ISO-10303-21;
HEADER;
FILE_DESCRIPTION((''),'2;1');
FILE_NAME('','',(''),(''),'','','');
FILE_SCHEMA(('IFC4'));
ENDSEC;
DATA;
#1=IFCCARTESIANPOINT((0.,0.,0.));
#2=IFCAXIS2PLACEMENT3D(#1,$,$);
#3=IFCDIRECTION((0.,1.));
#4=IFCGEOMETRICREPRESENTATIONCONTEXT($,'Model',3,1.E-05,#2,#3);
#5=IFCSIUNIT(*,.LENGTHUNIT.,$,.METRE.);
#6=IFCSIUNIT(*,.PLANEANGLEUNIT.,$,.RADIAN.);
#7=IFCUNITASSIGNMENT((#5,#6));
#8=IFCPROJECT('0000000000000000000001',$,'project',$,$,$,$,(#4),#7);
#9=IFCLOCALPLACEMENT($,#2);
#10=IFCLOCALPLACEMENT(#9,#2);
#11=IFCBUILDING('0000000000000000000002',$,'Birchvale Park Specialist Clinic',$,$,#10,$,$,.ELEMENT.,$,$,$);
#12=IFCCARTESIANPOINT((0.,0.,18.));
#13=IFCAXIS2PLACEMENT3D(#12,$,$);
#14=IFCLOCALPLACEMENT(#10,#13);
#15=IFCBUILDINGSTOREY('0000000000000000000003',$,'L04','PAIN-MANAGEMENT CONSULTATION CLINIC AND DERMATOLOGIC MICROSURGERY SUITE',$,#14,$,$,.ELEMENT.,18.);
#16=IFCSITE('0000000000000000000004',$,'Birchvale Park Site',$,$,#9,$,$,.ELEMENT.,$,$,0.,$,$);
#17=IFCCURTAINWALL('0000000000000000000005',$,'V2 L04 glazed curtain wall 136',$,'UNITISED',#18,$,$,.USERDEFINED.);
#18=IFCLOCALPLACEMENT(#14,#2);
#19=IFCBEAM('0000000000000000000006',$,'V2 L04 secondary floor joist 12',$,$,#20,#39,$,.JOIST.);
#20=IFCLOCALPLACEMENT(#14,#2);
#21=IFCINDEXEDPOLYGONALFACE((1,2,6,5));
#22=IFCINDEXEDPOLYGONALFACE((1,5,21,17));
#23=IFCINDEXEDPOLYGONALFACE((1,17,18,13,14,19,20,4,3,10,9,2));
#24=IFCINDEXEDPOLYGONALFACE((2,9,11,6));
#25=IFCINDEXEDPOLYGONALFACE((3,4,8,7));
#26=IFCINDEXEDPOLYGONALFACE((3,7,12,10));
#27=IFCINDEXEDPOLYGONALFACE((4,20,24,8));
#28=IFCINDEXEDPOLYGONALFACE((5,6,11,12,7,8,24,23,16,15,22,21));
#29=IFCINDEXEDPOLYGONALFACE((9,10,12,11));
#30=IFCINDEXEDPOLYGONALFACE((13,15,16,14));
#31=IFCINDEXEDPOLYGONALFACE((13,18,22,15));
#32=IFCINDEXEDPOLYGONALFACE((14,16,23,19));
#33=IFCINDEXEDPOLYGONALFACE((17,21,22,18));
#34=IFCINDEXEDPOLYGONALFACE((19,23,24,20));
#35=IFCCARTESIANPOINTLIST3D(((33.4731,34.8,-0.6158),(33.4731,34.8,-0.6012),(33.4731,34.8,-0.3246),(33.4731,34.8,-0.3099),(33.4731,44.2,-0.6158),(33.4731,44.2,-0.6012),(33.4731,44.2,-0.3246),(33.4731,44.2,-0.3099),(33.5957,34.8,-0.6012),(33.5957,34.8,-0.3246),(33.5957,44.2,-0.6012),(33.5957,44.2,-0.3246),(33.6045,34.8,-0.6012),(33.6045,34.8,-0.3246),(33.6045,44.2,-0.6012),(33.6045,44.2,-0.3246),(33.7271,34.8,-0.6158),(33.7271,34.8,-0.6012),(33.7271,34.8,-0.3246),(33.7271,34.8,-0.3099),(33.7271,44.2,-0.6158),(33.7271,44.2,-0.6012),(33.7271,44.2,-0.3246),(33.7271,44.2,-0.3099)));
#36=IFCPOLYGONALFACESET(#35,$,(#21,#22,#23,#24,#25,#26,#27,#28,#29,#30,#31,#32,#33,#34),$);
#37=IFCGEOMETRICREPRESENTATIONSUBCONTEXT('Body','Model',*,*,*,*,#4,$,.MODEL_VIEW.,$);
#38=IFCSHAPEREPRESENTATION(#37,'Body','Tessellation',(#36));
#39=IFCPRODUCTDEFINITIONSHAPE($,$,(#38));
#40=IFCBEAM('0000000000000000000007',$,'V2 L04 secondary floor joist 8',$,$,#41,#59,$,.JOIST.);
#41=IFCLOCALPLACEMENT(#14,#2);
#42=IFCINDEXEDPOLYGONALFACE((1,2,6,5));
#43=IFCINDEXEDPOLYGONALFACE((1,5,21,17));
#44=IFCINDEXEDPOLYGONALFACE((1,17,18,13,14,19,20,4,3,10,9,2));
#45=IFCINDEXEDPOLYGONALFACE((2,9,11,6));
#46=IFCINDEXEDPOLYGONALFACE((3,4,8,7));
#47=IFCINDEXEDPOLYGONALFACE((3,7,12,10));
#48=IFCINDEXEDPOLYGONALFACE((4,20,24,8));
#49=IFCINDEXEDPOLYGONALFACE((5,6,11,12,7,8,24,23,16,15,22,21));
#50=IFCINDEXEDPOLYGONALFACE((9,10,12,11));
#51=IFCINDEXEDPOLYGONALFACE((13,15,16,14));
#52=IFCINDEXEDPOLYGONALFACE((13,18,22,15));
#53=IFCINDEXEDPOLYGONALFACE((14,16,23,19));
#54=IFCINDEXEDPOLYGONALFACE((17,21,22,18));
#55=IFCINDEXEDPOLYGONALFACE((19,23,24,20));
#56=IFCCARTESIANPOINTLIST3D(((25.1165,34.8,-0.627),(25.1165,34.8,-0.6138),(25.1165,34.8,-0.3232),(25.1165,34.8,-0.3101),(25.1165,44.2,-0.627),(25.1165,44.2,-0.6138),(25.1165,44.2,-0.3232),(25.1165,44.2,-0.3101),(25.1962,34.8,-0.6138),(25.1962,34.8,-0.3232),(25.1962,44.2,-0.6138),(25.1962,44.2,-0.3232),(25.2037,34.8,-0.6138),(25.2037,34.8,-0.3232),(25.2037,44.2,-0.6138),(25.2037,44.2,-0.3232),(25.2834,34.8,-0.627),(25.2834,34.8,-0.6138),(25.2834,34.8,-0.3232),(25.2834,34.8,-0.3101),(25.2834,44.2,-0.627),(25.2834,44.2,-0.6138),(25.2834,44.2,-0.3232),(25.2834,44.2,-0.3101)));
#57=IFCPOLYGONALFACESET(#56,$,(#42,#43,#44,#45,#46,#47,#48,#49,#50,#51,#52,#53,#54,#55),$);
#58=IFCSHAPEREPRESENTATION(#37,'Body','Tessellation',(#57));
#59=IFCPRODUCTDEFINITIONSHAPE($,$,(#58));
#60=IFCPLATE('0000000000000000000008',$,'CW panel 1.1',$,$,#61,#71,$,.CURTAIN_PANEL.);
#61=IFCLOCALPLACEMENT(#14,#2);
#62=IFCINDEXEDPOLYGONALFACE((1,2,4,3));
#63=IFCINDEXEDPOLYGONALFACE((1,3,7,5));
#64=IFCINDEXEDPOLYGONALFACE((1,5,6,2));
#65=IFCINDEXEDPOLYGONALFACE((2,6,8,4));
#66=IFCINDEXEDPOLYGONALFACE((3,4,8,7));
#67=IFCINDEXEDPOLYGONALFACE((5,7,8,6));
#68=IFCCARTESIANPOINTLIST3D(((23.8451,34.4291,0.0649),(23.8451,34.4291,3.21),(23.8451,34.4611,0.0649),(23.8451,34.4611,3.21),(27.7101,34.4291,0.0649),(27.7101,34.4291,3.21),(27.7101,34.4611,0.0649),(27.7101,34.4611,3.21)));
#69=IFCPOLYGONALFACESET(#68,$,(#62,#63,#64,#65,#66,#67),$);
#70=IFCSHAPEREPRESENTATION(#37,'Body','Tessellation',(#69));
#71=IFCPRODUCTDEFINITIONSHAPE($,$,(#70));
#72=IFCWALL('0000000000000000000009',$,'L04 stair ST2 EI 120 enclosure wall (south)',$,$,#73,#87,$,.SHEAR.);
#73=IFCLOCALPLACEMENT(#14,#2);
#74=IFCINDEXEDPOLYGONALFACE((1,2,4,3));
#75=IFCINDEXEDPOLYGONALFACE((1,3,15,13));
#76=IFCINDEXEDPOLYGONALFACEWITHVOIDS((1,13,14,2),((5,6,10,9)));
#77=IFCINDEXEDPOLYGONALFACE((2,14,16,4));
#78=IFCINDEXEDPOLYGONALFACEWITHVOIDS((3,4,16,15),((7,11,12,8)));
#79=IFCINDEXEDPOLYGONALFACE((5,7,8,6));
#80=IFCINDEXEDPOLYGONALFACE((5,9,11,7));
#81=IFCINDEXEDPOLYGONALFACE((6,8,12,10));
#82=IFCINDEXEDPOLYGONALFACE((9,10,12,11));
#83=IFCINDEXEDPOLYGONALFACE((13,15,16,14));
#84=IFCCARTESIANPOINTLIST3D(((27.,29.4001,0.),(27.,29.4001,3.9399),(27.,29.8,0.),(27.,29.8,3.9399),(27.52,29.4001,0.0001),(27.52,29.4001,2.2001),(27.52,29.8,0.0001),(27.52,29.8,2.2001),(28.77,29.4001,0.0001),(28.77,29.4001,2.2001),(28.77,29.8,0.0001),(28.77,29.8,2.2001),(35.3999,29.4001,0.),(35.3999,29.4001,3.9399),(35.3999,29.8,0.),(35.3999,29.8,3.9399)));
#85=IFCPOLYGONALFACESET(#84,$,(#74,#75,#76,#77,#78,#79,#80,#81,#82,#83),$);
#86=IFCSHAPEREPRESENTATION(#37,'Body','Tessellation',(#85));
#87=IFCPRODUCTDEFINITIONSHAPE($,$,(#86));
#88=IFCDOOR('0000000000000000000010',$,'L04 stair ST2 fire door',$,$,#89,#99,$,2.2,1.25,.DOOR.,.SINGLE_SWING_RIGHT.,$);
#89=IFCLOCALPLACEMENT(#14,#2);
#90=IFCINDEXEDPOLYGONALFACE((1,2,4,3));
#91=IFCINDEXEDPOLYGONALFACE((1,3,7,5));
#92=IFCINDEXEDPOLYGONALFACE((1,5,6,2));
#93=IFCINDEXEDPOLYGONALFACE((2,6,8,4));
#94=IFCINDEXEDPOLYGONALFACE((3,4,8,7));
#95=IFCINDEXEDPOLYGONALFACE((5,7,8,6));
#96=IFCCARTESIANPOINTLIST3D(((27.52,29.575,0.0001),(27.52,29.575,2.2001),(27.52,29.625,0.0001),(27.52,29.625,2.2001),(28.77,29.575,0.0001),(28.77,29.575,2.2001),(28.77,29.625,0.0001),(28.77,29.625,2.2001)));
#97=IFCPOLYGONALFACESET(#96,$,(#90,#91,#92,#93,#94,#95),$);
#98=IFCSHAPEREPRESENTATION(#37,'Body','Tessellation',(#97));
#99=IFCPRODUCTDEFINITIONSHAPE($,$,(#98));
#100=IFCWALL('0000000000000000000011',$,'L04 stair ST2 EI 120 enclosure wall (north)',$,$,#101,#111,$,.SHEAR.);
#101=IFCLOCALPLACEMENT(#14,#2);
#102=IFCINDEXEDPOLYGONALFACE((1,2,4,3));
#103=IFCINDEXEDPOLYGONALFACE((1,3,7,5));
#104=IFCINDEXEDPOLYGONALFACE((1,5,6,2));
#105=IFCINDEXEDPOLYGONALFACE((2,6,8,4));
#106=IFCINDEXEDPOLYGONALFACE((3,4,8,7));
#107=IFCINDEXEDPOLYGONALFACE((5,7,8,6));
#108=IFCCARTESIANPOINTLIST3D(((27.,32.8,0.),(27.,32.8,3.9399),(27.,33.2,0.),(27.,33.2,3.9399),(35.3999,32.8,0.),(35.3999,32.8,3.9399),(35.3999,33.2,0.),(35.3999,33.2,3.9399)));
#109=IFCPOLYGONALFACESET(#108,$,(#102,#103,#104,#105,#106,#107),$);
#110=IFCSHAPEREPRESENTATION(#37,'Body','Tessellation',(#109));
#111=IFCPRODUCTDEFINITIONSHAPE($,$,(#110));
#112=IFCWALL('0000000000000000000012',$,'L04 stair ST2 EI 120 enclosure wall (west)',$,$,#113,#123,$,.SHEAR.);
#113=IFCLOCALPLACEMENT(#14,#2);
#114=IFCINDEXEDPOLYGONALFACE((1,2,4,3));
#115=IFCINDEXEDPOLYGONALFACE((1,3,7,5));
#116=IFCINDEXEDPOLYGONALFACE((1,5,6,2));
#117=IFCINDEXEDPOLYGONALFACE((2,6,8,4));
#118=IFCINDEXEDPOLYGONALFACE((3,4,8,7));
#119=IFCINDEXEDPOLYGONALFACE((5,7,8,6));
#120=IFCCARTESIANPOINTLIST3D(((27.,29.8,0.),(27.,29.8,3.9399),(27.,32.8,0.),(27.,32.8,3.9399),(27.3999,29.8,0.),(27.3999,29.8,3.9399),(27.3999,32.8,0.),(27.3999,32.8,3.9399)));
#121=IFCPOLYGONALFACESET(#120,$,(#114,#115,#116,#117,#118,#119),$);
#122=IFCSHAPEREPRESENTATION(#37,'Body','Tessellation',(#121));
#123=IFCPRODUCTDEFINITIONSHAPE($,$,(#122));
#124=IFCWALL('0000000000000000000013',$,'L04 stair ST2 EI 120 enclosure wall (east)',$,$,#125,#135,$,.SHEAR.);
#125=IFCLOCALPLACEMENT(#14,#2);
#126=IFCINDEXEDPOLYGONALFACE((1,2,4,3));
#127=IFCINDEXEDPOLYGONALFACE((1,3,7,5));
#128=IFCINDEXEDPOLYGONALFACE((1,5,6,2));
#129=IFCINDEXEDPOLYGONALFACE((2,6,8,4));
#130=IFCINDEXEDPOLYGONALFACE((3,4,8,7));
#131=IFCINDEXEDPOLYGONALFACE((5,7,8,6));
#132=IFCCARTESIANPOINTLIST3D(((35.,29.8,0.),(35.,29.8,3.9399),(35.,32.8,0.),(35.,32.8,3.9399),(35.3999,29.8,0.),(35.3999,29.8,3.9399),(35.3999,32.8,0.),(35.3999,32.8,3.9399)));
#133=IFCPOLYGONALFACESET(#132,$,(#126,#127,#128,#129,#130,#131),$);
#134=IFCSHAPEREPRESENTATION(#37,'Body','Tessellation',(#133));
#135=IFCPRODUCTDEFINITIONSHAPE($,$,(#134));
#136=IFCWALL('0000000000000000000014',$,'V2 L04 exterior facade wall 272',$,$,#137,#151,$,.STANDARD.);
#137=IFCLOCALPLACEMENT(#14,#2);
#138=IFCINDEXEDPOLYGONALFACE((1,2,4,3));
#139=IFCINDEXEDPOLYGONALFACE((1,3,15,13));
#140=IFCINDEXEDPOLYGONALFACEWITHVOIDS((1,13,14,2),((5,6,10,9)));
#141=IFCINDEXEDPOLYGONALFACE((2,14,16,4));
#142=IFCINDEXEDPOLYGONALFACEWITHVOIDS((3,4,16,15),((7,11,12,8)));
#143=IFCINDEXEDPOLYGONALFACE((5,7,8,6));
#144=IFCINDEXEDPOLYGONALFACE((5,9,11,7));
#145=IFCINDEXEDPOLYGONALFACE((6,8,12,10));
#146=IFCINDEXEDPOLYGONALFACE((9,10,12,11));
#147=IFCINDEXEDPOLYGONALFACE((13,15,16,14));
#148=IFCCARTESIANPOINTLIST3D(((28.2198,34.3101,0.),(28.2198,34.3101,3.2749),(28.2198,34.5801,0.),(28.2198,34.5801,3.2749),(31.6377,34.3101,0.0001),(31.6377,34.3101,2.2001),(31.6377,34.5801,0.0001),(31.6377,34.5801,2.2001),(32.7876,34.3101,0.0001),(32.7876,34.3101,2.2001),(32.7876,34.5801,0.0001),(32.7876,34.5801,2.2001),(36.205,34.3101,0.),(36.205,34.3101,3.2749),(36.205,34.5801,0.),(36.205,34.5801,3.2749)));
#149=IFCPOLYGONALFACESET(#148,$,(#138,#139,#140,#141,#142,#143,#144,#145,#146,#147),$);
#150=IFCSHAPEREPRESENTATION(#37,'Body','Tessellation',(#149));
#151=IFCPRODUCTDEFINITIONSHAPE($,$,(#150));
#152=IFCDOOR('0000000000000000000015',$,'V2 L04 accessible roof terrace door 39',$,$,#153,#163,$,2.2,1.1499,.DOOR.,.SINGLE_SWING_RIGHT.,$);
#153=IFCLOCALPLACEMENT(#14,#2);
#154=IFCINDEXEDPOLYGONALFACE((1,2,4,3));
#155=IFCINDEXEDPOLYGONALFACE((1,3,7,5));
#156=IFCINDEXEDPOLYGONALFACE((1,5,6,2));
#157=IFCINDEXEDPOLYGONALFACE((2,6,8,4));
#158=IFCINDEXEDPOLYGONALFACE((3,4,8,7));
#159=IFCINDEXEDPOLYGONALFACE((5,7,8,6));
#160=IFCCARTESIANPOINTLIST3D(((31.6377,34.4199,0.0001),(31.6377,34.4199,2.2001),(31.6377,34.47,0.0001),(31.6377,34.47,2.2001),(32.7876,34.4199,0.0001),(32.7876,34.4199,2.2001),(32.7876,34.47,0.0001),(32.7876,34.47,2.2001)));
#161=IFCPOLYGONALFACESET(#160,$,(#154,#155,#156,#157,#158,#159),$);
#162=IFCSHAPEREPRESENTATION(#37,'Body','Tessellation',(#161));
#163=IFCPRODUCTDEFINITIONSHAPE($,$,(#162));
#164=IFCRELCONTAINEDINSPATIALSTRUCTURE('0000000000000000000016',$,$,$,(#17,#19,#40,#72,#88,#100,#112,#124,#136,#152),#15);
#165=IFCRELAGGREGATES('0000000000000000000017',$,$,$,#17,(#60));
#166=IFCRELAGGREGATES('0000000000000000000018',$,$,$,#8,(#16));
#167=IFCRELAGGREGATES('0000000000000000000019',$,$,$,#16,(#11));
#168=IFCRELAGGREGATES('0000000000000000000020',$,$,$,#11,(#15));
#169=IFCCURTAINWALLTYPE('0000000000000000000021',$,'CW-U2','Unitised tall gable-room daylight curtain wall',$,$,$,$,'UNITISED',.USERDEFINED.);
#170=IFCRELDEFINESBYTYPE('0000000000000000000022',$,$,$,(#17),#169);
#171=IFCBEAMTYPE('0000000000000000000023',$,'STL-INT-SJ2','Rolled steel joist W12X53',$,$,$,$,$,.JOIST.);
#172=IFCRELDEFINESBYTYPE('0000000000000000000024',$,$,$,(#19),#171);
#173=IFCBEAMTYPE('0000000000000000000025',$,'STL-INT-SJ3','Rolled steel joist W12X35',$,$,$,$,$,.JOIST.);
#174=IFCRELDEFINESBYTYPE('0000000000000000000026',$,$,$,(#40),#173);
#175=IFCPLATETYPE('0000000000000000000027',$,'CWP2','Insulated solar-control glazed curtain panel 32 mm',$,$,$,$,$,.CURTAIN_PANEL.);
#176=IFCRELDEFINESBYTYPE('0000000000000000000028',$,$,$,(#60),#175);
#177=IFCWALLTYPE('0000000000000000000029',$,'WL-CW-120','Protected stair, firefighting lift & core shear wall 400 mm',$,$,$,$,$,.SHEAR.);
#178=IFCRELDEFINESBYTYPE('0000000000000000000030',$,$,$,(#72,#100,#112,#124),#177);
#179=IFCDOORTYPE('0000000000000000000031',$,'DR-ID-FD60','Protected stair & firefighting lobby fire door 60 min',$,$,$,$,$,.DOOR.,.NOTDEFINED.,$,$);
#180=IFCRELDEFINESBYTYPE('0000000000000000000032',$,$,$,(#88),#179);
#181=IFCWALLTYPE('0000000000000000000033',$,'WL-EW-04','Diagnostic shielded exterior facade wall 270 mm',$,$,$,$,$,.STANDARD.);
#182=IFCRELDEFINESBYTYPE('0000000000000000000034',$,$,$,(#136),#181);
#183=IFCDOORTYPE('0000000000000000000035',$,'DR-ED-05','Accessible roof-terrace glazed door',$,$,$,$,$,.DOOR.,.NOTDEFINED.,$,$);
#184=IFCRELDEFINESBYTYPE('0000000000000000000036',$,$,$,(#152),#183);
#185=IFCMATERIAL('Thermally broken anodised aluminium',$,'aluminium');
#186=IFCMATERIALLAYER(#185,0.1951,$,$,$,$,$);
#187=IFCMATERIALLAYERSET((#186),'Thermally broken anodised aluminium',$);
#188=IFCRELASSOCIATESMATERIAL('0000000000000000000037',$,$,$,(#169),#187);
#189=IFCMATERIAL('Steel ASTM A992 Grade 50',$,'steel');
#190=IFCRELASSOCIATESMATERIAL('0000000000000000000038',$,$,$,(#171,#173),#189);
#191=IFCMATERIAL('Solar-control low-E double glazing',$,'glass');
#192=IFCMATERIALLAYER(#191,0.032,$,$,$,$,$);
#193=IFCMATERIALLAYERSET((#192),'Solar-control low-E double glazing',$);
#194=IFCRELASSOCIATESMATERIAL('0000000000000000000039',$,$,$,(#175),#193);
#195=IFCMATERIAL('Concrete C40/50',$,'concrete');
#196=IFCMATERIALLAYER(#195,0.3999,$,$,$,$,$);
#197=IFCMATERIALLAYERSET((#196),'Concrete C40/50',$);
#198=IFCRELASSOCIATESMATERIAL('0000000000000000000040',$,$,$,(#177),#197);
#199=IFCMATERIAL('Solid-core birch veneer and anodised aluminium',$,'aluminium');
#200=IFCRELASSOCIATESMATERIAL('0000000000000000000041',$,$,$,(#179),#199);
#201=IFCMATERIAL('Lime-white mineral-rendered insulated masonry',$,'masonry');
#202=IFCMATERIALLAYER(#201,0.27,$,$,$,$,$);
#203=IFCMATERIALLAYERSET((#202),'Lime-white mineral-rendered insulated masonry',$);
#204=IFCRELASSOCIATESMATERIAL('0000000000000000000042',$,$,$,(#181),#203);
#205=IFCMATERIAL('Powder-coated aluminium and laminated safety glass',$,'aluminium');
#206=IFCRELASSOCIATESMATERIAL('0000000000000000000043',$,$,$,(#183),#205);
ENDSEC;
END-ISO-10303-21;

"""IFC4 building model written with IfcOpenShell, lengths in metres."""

from ifc_helpers import new_model, si_unit, direction, frame, frame_2d, origin, origin_2d, place, context, subcontext, project, spatial, rectangle, i_section, extrude, material, layer, layer_set, material_profile, profile_set, type_object, element, fill, aggregate, save


model = new_model("IFC4")

# Units and contexts
model_context = context("Model", 3, precision=1e-05, world=origin(), true_north=direction((0.0, 1.0)))
body_context = subcontext(model_context, "Body", "Model", "MODEL_VIEW")
ifc_project = project(units=[si_unit("LENGTHUNIT", "METRE"), si_unit("PLANEANGLEUNIT", "RADIAN")], contexts=[model_context])

# Site, building, storey
site_placement = place(None, origin())
site = spatial("IfcSite", under=ifc_project, at=site_placement, Name="Birchvale Park Site", CompositionType="ELEMENT", RefElevation=0.0)
building_placement = place(site_placement, origin())
building = spatial("IfcBuilding", under=site, at=building_placement, Name="Birchvale Park Specialist Clinic", CompositionType="ELEMENT")
storey_placement = place(building_placement, frame((0.0, 0.0, 18.0)))
storey = spatial("IfcBuildingStorey", under=building, at=storey_placement, Name="L04", Description="PAIN-MANAGEMENT CONSULTATION CLINIC AND DERMATOLOGIC MICROSURGERY SUITE", CompositionType="ELEMENT", Elevation=18.0)

# Shared definitions
ifc_material_1 = material(Name="Concrete C40/50", Category="concrete")

# Curtain wall
ifc_material_2 = material(Name="Thermally broken anodised aluminium", Category="aluminium")
ifc_layer_1 = layer(ifc_material_2, 0.1951)
ifc_layer_set_1 = layer_set([ifc_layer_1], Name="Thermally broken anodised aluminium")
curtain_wall_type = type_object("IfcCurtainWallType", Name="CW-U2", Description="Unitised tall gable-room daylight curtain wall", ElementType="UNITISED", PredefinedType="USERDEFINED", material=ifc_layer_set_1)
curtain_wall_placement = place(storey_placement, origin())
curtain_wall = element("IfcCurtainWall", 1, at=curtain_wall_placement, inside=storey, type_object=curtain_wall_type, Name="V2 L04 glazed curtain wall 136", ObjectType="UNITISED", PredefinedType="USERDEFINED")

# Beams
ifc_material_3 = material(Name="Steel ASTM A992 Grade 50", Category="steel")
ifc_material_profile_1 = material_profile(ifc_material_3, i_section(OverallWidth=0.2539, OverallDepth=0.3059, WebThickness=0.0088, FlangeThickness=0.0146, at=origin_2d()), Name="W12X53")
ifc_profile_set_1 = profile_set([ifc_material_profile_1], Name="Steel ASTM A992 Grade 50")
beam_type_1 = type_object("IfcBeamType", Name="STL-INT-SJ2", Description="Rolled steel joist W12X53", PredefinedType="JOIST", material=ifc_profile_set_1)
for number, where, z_axis, x_axis, name in (
    (2, (33.6001, 34.8, -0.4629), (0.0, 1.0, 0.0), (-1.0, 0.0, 0.0), "V2 L04 secondary floor joist 12"),
):
    element("IfcBeam", number, at=place(storey_placement, frame(where, z_axis=z_axis, x_axis=x_axis)), inside=storey, type_object=beam_type_1, Name=name, PredefinedType="JOIST", context=body_context, shape_type="SweptSolid", body=[
        extrude(i_section(OverallWidth=0.2539, OverallDepth=0.3059, WebThickness=0.0088, FlangeThickness=0.0146, at=origin_2d()), origin(), (0.0, 0.0, 1.0), 9.3999),
    ])
ifc_material_profile_2 = material_profile(ifc_material_3, i_section(OverallWidth=0.167, OverallDepth=0.3169, WebThickness=0.0076, FlangeThickness=0.0132, at=origin_2d()), Name="W12X35")
ifc_profile_set_2 = profile_set([ifc_material_profile_2], Name="Steel ASTM A992 Grade 50")
beam_type_2 = type_object("IfcBeamType", Name="STL-INT-SJ3", Description="Rolled steel joist W12X35", PredefinedType="JOIST", material=ifc_profile_set_2)
beam_1_placement = place(storey_placement, frame((25.2, 34.8, -0.4685), z_axis=(0.0, 1.0, 0.0), x_axis=(-1.0, 0.0, 0.0)))
element("IfcBeam", 3, at=beam_1_placement, inside=storey, type_object=beam_type_2, Name="V2 L04 secondary floor joist 8", PredefinedType="JOIST", context=body_context, shape_type="SweptSolid", body=[
    extrude(i_section(OverallWidth=0.167, OverallDepth=0.3169, WebThickness=0.0076, FlangeThickness=0.0132, at=origin_2d()), origin(), (0.0, 0.0, 1.0), 9.3999),
])

# Plate
ifc_material_4 = material(Name="Solar-control low-E double glazing", Category="glass")
ifc_layer_2 = layer(ifc_material_4, 0.032)
ifc_layer_set_2 = layer_set([ifc_layer_2], Name="Solar-control low-E double glazing")
plate_type = type_object("IfcPlateType", Name="CWP2", Description="Insulated solar-control glazed curtain panel 32 mm", PredefinedType="CURTAIN_PANEL", material=ifc_layer_set_2)
plate_placement = place(storey_placement, frame((25.7776, 34.4451, 0.0649), z_axis=(0.0, 0.0, 1.0), x_axis=(-1.0, 0.0, 0.0)))
plate = element("IfcPlate", 4, at=plate_placement, type_object=plate_type, Name="CW panel 1.1", PredefinedType="CURTAIN_PANEL", context=body_context, shape_type="SweptSolid", body=[
    extrude(rectangle(XDim=3.865, YDim=0.032, at=origin_2d()), origin(), (0.0, 0.0, 1.0), 3.145),
])
aggregate(curtain_wall, [plate])

# Wall, opening, door
ifc_layer_3 = layer(ifc_material_1, 0.3999)
ifc_layer_set_3 = layer_set([ifc_layer_3], Name="Concrete C40/50")
wall_type_1 = type_object("IfcWallType", Name="WL-CW-120", Description="Protected stair, firefighting lift & core shear wall 400 mm", PredefinedType="SHEAR", material=ifc_layer_set_3)
wall_1_placement = place(storey_placement, frame((27.0, 29.6001, 0.0), z_axis=(0.0, 0.0, 1.0), x_axis=(1.0, 0.0, 0.0)))
wall_1 = element("IfcWall", 5, at=wall_1_placement, inside=storey, type_object=wall_type_1, Name="L04 stair ST2 EI 120 enclosure wall (south)", PredefinedType="SHEAR", context=body_context, shape_type="SweptSolid", body=[
    extrude(rectangle(XDim=8.3999, YDim=0.3999, at=frame_2d((4.2, 0.0))), origin(), (0.0, 0.0, 1.0), 3.9399),
])
opening_1_placement = place(wall_1_placement, frame((0.52, 0.0, 0.0)))
opening_1 = element("IfcOpeningElement", 6, at=opening_1_placement, cuts=wall_1, PredefinedType="OPENING", context=body_context, shape_type="SweptSolid", body=[
    extrude(rectangle(XDim=1.25, YDim=2.2, at=frame_2d((0.625, 1.1001))), frame((0.0, 0.21, 0.0), z_axis=(0.0, -1.0, 0.0), x_axis=(1.0, 0.0, 0.0)), (0.0, 0.0, 1.0), 0.4199),
])
ifc_material_5 = material(Name="Solid-core birch veneer and anodised aluminium", Category="aluminium")
door_type_1 = type_object("IfcDoorType", Name="DR-ID-FD60", Description="Protected stair & firefighting lobby fire door 60 min", OperationType="NOTDEFINED", PredefinedType="DOOR", material=ifc_material_5)
door_1_placement = place(opening_1_placement, origin())
door_1 = element("IfcDoor", 7, at=door_1_placement, inside=storey, type_object=door_type_1, Name="L04 stair ST2 fire door", OperationType="SINGLE_SWING_RIGHT", OverallHeight=2.2, OverallWidth=1.25, PredefinedType="DOOR", context=body_context, shape_type="SweptSolid", body=[
    extrude(rectangle(XDim=1.25, YDim=2.2, at=frame_2d((0.625, 1.1001))), frame((0.0, 0.0249, 0.0), z_axis=(0.0, -1.0, 0.0), x_axis=(1.0, 0.0, 0.0)), (0.0, 0.0, 1.0), 0.05),
])
fill(opening_1, door_1)

# Walls
wall_2_placement = place(storey_placement, frame((35.3999, 33.0, 0.0), z_axis=(0.0, 0.0, 1.0), x_axis=(-1.0, 0.0, 0.0)))
element("IfcWall", 8, at=wall_2_placement, inside=storey, type_object=wall_type_1, Name="L04 stair ST2 EI 120 enclosure wall (north)", PredefinedType="SHEAR", context=body_context, shape_type="SweptSolid", body=[
    extrude(rectangle(XDim=8.3999, YDim=0.3999, at=frame_2d((4.2, 0.0))), origin(), (0.0, 0.0, 1.0), 3.9399),
])
for number, where, z_axis, x_axis, name in (
    (9, (27.2, 29.8, 0.0), (0.0, 0.0, 1.0), (0.0, 1.0, 0.0), "L04 stair ST2 EI 120 enclosure wall (west)"),
    (10, (35.2, 32.8, 0.0), (0.0, 0.0, 1.0), (0.0, -1.0, 0.0), "L04 stair ST2 EI 120 enclosure wall (east)"),
):
    element("IfcWall", number, at=place(storey_placement, frame(where, z_axis=z_axis, x_axis=x_axis)), inside=storey, type_object=wall_type_1, Name=name, PredefinedType="SHEAR", context=body_context, shape_type="SweptSolid", body=[
        extrude(rectangle(XDim=3.0, YDim=0.3999, at=frame_2d((1.5, 0.0))), origin(), (0.0, 0.0, 1.0), 3.9399),
    ])

# Wall, opening, door
ifc_material_6 = material(Name="Lime-white mineral-rendered insulated masonry", Category="masonry")
ifc_layer_4 = layer(ifc_material_6, 0.27)
ifc_layer_set_4 = layer_set([ifc_layer_4], Name="Lime-white mineral-rendered insulated masonry")
wall_type_2 = type_object("IfcWallType", Name="WL-EW-04", Description="Diagnostic shielded exterior facade wall 270 mm", PredefinedType="STANDARD", material=ifc_layer_set_4)
wall_3_placement = place(storey_placement, frame((36.2051, 34.4451, 0.0), z_axis=(0.0, 0.0, 1.0), x_axis=(-1.0, 0.0, 0.0)))
wall_3 = element("IfcWall", 11, at=wall_3_placement, inside=storey, type_object=wall_type_2, Name="V2 L04 exterior facade wall 272", PredefinedType="STANDARD", context=body_context, shape_type="SweptSolid", body=[
    extrude(rectangle(XDim=7.9851, YDim=0.27, at=frame_2d((3.9927, 0.0))), origin(), (0.0, 0.0, 1.0), 3.2749),
])
opening_2_placement = place(wall_3_placement, frame((3.4175, 0.0, 0.0)))
opening_2 = element("IfcOpeningElement", 12, at=opening_2_placement, cuts=wall_3, PredefinedType="OPENING", context=body_context, shape_type="SweptSolid", body=[
    extrude(rectangle(XDim=1.1499, YDim=2.2, at=frame_2d((0.575, 1.1001))), frame((0.0, 0.145, 0.0), z_axis=(0.0, -1.0, 0.0), x_axis=(1.0, 0.0, 0.0)), (0.0, 0.0, 1.0), 0.29),
])
ifc_material_7 = material(Name="Powder-coated aluminium and laminated safety glass", Category="aluminium")
door_type_2 = type_object("IfcDoorType", Name="DR-ED-05", Description="Accessible roof-terrace glazed door", OperationType="NOTDEFINED", PredefinedType="DOOR", material=ifc_material_7)
door_2_placement = place(opening_2_placement, frame((1.1499, 0.0, 0.0), z_axis=(0.0, 0.0, 1.0), x_axis=(-1.0, 0.0, 0.0)))
door_2 = element("IfcDoor", 13, at=door_2_placement, inside=storey, type_object=door_type_2, Name="V2 L04 accessible roof terrace door 39", OperationType="SINGLE_SWING_RIGHT", OverallHeight=2.2, OverallWidth=1.1499, PredefinedType="DOOR", context=body_context, shape_type="SweptSolid", body=[
    extrude(rectangle(XDim=1.1499, YDim=2.2, at=frame_2d((0.575, 1.1001))), frame((0.0, 0.0249, 0.0), z_axis=(0.0, -1.0, 0.0), x_axis=(1.0, 0.0, 0.0)), (0.0, 0.0, 1.0), 0.05),
])
fill(opening_2, door_2)

save(model, "model.ifc")
